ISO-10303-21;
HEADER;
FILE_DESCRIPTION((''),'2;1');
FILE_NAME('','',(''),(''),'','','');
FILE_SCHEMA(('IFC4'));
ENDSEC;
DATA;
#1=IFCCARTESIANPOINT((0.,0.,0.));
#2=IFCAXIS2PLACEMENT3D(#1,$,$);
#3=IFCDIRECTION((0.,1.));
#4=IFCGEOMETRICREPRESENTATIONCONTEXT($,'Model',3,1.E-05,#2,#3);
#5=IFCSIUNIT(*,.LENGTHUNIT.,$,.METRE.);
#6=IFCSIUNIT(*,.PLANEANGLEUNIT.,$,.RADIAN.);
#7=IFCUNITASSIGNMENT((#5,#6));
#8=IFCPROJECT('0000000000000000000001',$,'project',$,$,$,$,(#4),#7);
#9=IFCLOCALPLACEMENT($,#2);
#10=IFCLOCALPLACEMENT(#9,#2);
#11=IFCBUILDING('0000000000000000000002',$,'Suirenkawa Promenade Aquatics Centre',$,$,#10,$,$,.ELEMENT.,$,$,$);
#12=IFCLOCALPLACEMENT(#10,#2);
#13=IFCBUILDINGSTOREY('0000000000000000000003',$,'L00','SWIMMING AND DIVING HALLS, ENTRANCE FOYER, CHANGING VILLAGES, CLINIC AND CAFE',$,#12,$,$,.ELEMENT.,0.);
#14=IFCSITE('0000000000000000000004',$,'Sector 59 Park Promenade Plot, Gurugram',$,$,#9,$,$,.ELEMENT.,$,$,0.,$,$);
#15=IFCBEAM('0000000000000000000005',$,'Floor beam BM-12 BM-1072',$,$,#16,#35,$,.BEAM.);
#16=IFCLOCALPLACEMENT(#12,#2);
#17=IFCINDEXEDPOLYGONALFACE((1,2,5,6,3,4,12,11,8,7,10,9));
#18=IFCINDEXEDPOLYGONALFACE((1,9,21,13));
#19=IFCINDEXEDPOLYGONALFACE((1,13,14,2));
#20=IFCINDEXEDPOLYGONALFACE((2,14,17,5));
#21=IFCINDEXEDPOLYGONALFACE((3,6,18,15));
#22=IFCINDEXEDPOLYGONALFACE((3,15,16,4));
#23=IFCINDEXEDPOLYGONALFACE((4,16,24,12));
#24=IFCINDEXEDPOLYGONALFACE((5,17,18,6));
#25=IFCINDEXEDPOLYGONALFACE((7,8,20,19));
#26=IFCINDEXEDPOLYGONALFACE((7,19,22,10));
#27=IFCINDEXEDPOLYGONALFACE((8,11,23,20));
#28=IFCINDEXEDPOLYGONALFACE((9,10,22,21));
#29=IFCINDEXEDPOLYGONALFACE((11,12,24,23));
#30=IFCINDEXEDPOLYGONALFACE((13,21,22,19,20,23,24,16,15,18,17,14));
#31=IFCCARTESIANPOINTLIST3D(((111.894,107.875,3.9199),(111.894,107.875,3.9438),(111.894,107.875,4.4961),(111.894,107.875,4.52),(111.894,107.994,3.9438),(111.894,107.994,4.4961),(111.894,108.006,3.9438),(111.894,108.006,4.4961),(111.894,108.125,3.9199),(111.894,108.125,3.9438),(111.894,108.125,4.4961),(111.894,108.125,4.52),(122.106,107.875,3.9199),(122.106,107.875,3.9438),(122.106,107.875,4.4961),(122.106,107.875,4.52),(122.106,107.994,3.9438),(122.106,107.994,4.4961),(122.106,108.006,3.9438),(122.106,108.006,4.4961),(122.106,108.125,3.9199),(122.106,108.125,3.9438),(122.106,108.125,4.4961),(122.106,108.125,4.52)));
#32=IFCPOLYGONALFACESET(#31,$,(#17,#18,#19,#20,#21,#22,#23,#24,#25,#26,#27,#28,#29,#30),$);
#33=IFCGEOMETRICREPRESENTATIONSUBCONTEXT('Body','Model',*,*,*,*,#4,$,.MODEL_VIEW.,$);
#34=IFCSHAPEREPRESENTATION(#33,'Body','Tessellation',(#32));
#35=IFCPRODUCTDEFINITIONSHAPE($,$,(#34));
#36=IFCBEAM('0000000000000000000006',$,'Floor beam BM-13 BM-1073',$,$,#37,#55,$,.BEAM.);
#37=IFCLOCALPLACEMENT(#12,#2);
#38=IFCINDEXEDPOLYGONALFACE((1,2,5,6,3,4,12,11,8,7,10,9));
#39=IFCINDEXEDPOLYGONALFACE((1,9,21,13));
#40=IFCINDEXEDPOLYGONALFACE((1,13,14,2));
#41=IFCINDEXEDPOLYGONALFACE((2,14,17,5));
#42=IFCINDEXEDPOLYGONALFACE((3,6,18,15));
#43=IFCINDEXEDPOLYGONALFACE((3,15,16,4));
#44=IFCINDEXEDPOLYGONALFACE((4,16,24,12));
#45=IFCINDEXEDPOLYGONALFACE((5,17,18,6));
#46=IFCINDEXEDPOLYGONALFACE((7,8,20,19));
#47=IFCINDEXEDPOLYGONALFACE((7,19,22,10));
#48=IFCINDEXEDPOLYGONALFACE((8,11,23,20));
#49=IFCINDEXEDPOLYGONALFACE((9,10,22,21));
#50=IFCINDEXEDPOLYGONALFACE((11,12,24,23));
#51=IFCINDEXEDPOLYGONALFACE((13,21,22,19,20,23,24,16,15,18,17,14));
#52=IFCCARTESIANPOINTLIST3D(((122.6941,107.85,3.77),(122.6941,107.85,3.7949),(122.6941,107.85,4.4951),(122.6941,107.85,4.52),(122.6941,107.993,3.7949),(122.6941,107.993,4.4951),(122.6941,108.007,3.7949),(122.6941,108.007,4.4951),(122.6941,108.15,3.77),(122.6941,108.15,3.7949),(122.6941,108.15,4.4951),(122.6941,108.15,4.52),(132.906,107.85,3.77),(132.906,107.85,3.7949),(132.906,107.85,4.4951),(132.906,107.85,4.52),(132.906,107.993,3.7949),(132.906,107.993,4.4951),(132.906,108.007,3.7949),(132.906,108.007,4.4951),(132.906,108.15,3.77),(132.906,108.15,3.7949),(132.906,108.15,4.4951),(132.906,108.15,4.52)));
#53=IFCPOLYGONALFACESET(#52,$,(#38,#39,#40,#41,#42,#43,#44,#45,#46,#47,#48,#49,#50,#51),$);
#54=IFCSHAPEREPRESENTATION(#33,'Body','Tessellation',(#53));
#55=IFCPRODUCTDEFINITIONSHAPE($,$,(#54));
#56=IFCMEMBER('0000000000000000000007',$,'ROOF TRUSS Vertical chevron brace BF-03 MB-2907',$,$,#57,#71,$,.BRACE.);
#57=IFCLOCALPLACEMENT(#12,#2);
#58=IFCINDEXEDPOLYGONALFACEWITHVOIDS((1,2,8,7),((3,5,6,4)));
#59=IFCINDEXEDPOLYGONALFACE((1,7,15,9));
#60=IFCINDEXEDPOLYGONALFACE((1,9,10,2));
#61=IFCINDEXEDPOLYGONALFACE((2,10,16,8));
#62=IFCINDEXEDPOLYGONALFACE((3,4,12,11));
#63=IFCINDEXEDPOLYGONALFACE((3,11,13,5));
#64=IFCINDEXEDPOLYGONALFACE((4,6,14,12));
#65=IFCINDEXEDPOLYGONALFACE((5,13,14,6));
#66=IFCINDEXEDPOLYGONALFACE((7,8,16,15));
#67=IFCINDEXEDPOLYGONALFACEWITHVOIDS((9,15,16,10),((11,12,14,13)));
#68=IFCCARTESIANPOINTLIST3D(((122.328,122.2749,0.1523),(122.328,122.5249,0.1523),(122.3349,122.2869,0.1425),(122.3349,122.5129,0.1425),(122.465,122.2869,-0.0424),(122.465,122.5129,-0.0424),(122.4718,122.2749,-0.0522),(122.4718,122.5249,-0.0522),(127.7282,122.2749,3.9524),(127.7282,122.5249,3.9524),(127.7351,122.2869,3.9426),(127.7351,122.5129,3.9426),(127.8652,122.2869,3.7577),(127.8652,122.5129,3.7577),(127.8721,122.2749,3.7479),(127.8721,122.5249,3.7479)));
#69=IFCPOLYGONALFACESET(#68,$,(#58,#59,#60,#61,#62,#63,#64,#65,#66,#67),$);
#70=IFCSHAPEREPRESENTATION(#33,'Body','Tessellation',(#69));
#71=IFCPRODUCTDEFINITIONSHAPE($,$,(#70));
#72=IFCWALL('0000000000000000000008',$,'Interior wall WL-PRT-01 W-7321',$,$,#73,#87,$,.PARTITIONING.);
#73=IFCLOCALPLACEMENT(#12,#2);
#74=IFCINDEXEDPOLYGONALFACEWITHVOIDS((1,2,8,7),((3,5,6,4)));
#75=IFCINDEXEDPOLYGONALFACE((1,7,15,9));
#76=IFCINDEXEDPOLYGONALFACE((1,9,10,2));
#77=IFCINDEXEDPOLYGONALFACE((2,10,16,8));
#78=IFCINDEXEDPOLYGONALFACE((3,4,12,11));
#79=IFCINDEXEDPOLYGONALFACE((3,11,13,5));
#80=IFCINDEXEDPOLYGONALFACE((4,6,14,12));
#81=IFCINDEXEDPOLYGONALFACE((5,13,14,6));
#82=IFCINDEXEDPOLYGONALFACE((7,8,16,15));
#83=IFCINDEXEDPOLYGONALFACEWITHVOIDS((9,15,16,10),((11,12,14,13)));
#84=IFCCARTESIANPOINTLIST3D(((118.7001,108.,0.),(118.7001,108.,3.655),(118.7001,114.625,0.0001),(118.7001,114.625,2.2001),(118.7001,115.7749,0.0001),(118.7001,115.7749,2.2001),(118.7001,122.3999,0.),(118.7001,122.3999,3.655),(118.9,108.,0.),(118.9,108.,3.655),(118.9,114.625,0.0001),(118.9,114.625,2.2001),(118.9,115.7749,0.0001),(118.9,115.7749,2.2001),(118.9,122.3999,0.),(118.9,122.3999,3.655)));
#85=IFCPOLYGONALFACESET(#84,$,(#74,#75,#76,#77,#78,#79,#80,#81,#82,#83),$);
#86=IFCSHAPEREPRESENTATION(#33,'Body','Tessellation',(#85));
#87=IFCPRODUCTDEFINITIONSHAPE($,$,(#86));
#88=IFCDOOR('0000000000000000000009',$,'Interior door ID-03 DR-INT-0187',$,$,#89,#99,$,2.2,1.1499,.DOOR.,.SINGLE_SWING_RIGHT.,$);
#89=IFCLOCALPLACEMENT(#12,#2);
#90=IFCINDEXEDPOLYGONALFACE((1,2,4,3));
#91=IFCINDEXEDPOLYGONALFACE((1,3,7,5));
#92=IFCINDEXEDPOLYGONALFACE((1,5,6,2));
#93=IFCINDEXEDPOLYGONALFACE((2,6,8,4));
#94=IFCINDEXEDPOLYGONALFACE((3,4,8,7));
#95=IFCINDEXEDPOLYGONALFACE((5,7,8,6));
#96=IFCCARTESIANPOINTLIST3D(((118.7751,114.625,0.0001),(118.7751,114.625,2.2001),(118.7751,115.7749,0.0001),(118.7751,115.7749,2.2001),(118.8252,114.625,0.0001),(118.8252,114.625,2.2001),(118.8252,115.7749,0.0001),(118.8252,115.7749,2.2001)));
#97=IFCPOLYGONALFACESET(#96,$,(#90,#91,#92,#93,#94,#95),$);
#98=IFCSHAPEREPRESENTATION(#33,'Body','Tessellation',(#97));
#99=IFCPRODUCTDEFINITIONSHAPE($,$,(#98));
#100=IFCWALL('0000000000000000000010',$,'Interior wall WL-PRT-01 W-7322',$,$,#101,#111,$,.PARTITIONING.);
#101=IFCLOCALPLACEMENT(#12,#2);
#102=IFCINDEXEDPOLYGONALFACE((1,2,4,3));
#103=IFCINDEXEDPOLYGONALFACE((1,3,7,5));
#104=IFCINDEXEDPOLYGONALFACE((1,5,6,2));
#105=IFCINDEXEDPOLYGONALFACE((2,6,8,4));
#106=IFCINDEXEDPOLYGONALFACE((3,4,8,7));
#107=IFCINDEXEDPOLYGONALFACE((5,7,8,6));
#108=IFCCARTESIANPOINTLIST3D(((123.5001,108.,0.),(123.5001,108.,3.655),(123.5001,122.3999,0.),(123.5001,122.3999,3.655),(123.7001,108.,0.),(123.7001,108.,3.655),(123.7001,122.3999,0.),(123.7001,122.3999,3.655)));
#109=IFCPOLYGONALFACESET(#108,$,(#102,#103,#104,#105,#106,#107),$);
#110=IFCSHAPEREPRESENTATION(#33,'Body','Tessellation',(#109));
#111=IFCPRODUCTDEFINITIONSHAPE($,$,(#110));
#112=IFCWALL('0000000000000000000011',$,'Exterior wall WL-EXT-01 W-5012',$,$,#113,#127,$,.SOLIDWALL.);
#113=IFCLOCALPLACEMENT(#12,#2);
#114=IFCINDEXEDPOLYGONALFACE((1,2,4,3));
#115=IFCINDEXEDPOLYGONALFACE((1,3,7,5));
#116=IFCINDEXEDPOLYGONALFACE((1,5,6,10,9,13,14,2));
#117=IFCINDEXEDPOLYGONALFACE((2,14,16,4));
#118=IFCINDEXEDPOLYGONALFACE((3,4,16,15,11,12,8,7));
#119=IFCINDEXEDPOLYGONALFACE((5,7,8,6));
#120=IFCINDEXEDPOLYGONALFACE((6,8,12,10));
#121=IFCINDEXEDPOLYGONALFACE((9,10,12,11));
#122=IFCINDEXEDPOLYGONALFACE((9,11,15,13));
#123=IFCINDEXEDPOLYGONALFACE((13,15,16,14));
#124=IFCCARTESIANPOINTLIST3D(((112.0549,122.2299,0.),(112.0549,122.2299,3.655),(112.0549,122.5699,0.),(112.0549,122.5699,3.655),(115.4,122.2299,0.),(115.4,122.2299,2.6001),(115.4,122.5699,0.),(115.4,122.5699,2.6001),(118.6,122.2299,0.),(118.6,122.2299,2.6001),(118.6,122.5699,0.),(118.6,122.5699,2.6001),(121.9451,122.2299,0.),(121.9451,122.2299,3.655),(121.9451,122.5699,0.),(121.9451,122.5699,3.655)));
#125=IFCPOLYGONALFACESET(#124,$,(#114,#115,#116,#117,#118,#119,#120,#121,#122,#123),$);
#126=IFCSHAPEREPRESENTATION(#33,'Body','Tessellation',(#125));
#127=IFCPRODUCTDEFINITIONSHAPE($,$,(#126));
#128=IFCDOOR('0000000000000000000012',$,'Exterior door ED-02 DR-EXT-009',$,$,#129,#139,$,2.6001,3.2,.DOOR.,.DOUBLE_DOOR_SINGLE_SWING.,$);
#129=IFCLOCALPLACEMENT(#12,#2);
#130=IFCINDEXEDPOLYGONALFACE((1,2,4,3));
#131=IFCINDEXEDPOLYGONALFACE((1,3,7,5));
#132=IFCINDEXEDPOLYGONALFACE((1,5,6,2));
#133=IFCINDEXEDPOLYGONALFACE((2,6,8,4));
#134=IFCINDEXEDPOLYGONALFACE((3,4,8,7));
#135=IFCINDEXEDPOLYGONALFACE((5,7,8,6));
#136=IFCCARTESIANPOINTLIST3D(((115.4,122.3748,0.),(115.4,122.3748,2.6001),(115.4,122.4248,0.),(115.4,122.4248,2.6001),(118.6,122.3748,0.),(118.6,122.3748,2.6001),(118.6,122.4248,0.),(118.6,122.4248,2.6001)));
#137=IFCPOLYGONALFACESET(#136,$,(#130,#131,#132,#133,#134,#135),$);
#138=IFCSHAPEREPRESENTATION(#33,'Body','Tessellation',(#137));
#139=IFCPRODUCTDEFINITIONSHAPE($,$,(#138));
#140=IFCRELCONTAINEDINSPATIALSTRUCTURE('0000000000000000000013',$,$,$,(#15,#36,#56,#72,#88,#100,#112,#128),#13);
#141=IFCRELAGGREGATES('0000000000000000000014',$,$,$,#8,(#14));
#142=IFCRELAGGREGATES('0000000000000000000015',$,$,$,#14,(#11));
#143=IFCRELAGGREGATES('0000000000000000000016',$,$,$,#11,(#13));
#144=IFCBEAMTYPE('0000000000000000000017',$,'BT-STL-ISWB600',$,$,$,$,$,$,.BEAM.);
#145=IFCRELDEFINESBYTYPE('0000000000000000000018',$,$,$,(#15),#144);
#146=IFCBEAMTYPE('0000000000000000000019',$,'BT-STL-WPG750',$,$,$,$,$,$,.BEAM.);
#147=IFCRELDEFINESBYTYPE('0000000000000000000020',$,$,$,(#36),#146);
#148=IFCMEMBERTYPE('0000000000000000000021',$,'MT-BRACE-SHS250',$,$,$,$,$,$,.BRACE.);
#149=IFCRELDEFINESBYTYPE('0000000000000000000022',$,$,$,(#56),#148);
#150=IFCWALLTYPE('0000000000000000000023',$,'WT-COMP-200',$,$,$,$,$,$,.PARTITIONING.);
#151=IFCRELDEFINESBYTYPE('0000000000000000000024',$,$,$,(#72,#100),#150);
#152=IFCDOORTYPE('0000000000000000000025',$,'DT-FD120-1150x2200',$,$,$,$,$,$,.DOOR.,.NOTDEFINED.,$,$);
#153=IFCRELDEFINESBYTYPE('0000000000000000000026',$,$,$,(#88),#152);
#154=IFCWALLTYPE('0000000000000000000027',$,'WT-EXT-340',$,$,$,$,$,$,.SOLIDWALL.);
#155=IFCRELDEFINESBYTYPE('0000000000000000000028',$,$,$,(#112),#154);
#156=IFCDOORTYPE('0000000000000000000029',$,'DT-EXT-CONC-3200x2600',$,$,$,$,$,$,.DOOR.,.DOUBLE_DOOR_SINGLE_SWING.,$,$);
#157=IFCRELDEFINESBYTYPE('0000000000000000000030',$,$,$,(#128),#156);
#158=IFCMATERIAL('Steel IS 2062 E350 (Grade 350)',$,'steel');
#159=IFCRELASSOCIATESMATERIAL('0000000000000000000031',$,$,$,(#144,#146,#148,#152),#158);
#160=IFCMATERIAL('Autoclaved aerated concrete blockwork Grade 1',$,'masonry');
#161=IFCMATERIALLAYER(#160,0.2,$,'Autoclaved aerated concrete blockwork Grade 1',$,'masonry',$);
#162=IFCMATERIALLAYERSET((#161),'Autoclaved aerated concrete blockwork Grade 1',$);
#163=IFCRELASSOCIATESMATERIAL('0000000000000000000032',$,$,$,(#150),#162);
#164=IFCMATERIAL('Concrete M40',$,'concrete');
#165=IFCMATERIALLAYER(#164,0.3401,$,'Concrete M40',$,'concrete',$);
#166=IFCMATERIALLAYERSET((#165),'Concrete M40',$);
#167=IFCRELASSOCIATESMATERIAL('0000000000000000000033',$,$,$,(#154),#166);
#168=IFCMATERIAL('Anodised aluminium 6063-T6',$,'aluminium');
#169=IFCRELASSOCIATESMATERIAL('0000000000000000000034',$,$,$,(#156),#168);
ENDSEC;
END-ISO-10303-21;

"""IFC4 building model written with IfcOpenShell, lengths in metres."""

from ifc_helpers import new_model, si_unit, direction, frame, frame_2d, origin, origin_2d, place, context, subcontext, project, spatial, rectangle, hollow_rectangle, i_section, extrude, material, layer, layer_set, material_profile, profile_set, type_object, element, fill, save


model = new_model("IFC4")

# Units and contexts
model_context = context("Model", 3, precision=1e-05, world=origin(), true_north=direction((0.0, 1.0)))
body_context = subcontext(model_context, "Body", "Model", "MODEL_VIEW")
ifc_project = project(units=[si_unit("LENGTHUNIT", "METRE"), si_unit("PLANEANGLEUNIT", "RADIAN")], contexts=[model_context])

# Site, building, storey
site_placement = place(None, origin())
site = spatial("IfcSite", under=ifc_project, at=site_placement, Name="Sector 59 Park Promenade Plot, Gurugram", CompositionType="ELEMENT", RefElevation=0.0)
building_placement = place(site_placement, origin())
building = spatial("IfcBuilding", under=site, at=building_placement, Name="Suirenkawa Promenade Aquatics Centre", CompositionType="ELEMENT")
storey_placement = place(building_placement, origin())
storey = spatial("IfcBuildingStorey", under=building, at=storey_placement, Name="L00", Description="SWIMMING AND DIVING HALLS, ENTRANCE FOYER, CHANGING VILLAGES, CLINIC AND CAFE", CompositionType="ELEMENT", Elevation=0.0)

# Shared definitions
ifc_material_1 = material(Name="Concrete M40", Category="concrete")

# Beams
ifc_material_2 = material(Name="Steel IS 2062 E350 (Grade 350)", Category="steel")
ifc_material_profile_1 = material_profile(ifc_material_2, i_section(OverallWidth=0.25, OverallDepth=0.6001, WebThickness=0.012, FlangeThickness=0.0239, at=origin_2d()), Name="ISWB 600", Category="steel")
ifc_profile_set_1 = profile_set([ifc_material_profile_1], Name="Steel IS 2062 E350 (Grade 350)")
beam_type_1 = type_object("IfcBeamType", Name="BT-STL-ISWB600", PredefinedType="BEAM", material=ifc_profile_set_1)
beam_1_placement = place(storey_placement, frame((111.894, 108.0, 4.22), z_axis=(1.0, 0.0, 0.0), x_axis=(0.0, 1.0, 0.0)))
element("IfcBeam", 1, at=beam_1_placement, inside=storey, type_object=beam_type_1, Name="Floor beam BM-12 BM-1072", PredefinedType="BEAM", context=body_context, shape_type="SweptSolid", body=[
    extrude(i_section(OverallWidth=0.25, OverallDepth=0.6001, WebThickness=0.012, FlangeThickness=0.0239, at=origin_2d()), origin(), (0.0, 0.0, 1.0), 10.2119),
])
ifc_material_profile_2 = material_profile(ifc_material_2, i_section(OverallWidth=0.3, OverallDepth=0.75, WebThickness=0.0139, FlangeThickness=0.0249, at=origin_2d()), Name="WPG 750x300", Category="steel")
ifc_profile_set_2 = profile_set([ifc_material_profile_2], Name="Steel IS 2062 E350 (Grade 350)")
beam_type_2 = type_object("IfcBeamType", Name="BT-STL-WPG750", PredefinedType="BEAM", material=ifc_profile_set_2)
beam_2_placement = place(storey_placement, frame((122.6941, 108.0, 4.145), z_axis=(1.0, 0.0, 0.0), x_axis=(0.0, 1.0, 0.0)))
element("IfcBeam", 2, at=beam_2_placement, inside=storey, type_object=beam_type_2, Name="Floor beam BM-13 BM-1073", PredefinedType="BEAM", context=body_context, shape_type="SweptSolid", body=[
    extrude(i_section(OverallWidth=0.3, OverallDepth=0.75, WebThickness=0.0139, FlangeThickness=0.0249, at=origin_2d()), origin(), (0.0, 0.0, 1.0), 10.2119),
])

# Member
ifc_material_profile_3 = material_profile(ifc_material_2, hollow_rectangle(XDim=0.25, YDim=0.25, WallThickness=0.012, at=origin_2d()), Name="SHS 250x250x12", Category="steel")
ifc_profile_set_3 = profile_set([ifc_material_profile_3], Name="Steel IS 2062 E350 (Grade 350)")
member_type = type_object("IfcMemberType", Name="MT-BRACE-SHS250", PredefinedType="BRACE", material=ifc_profile_set_3)
member_placement = place(storey_placement, frame((122.3999, 122.3999, 0.05), z_axis=(0.81781, 0.0, 0.575488), x_axis=(0.0, 1.0, 0.0)))
element("IfcMember", 3, at=member_placement, inside=storey, type_object=member_type, Name="ROOF TRUSS Vertical chevron brace BF-03 MB-2907", PredefinedType="BRACE", context=body_context, shape_type="SweptSolid", body=[
    extrude(hollow_rectangle(XDim=0.25, YDim=0.25, WallThickness=0.012, at=origin_2d()), origin(), (0.0, 0.0, 1.0), 6.6033),
])

# Wall, opening, door
ifc_material_3 = material(Name="Autoclaved aerated concrete blockwork Grade 1", Category="masonry")
ifc_layer_1 = layer(ifc_material_3, 0.2, Name="Autoclaved aerated concrete blockwork Grade 1", Category="masonry")
ifc_layer_set_1 = layer_set([ifc_layer_1], Name="Autoclaved aerated concrete blockwork Grade 1")
wall_type_1 = type_object("IfcWallType", Name="WT-COMP-200", PredefinedType="PARTITIONING", material=ifc_layer_set_1)
wall_1_placement = place(storey_placement, frame((118.8, 108.0, 0.0), z_axis=(0.0, 0.0, 1.0), x_axis=(0.0, 1.0, 0.0)))
wall_1 = element("IfcWall", 4, at=wall_1_placement, inside=storey, type_object=wall_type_1, Name="Interior wall WL-PRT-01 W-7321", PredefinedType="PARTITIONING", context=body_context, shape_type="SweptSolid", body=[
    extrude(rectangle(XDim=14.3999, YDim=0.2, at=frame_2d((7.2, 0.0))), origin(), (0.0, 0.0, 1.0), 3.655),
])
opening_1_placement = place(wall_1_placement, frame((6.625, 0.0, 0.0)))
opening_1 = element("IfcOpeningElement", 5, at=opening_1_placement, cuts=wall_1, PredefinedType="OPENING", context=body_context, shape_type="SweptSolid", body=[
    extrude(rectangle(XDim=1.1499, YDim=2.2, at=frame_2d((0.575, 1.1001))), frame((0.0, 0.1099, 0.0), z_axis=(0.0, -1.0, 0.0), x_axis=(1.0, 0.0, 0.0)), (0.0, 0.0, 1.0), 0.22),
])
door_type_1 = type_object("IfcDoorType", Name="DT-FD120-1150x2200", OperationType="NOTDEFINED", PredefinedType="DOOR", material=ifc_material_2)
door_1_placement = place(opening_1_placement, origin())
door_1 = element("IfcDoor", 6, at=door_1_placement, inside=storey, type_object=door_type_1, Name="Interior door ID-03 DR-INT-0187", OperationType="SINGLE_SWING_RIGHT", OverallHeight=2.2, OverallWidth=1.1499, PredefinedType="DOOR", context=body_context, shape_type="SweptSolid", body=[
    extrude(rectangle(XDim=1.1499, YDim=2.2, at=frame_2d((0.575, 1.1001))), frame((0.0, 0.0249, 0.0), z_axis=(0.0, -1.0, 0.0), x_axis=(1.0, 0.0, 0.0)), (0.0, 0.0, 1.0), 0.05),
])
fill(opening_1, door_1)

# Wall
wall_2_placement = place(storey_placement, frame((123.6001, 108.0, 0.0), z_axis=(0.0, 0.0, 1.0), x_axis=(0.0, 1.0, 0.0)))
element("IfcWall", 7, at=wall_2_placement, inside=storey, type_object=wall_type_1, Name="Interior wall WL-PRT-01 W-7322", PredefinedType="PARTITIONING", context=body_context, shape_type="SweptSolid", body=[
    extrude(rectangle(XDim=14.3999, YDim=0.2, at=frame_2d((7.2, 0.0))), origin(), (0.0, 0.0, 1.0), 3.655),
])

# Wall, opening, door
ifc_layer_2 = layer(ifc_material_1, 0.3401, Name="Concrete M40", Category="concrete")
ifc_layer_set_2 = layer_set([ifc_layer_2], Name="Concrete M40")
wall_type_2 = type_object("IfcWallType", Name="WT-EXT-340", PredefinedType="SOLIDWALL", material=ifc_layer_set_2)
wall_3_placement = place(storey_placement, frame((112.0549, 122.3999, 0.0), z_axis=(0.0, 0.0, 1.0), x_axis=(1.0, 0.0, 0.0)))
wall_3 = element("IfcWall", 8, at=wall_3_placement, inside=storey, type_object=wall_type_2, Name="Exterior wall WL-EXT-01 W-5012", PredefinedType="SOLIDWALL", context=body_context, shape_type="SweptSolid", body=[
    extrude(rectangle(XDim=9.8901, YDim=0.3401, at=frame_2d((4.9451, 0.0))), origin(), (0.0, 0.0, 1.0), 3.655),
])
opening_2_placement = place(wall_3_placement, frame((3.345, 0.0, 0.0)))
opening_2 = element("IfcOpeningElement", 9, at=opening_2_placement, cuts=wall_3, PredefinedType="OPENING", context=body_context, shape_type="SweptSolid", body=[
    extrude(rectangle(XDim=3.2, YDim=2.6001, at=frame_2d((1.6001, 1.3))), frame((0.0, 0.1799, 0.0), z_axis=(0.0, -1.0, 0.0), x_axis=(1.0, 0.0, 0.0)), (0.0, 0.0, 1.0), 0.3601),
])
ifc_material_4 = material(Name="Anodised aluminium 6063-T6", Category="aluminium")
door_type_2 = type_object("IfcDoorType", Name="DT-EXT-CONC-3200x2600", OperationType="DOUBLE_DOOR_SINGLE_SWING", PredefinedType="DOOR", material=ifc_material_4)
door_2_placement = place(opening_2_placement, origin())
door_2 = element("IfcDoor", 10, at=door_2_placement, inside=storey, type_object=door_type_2, Name="Exterior door ED-02 DR-EXT-009", OperationType="DOUBLE_DOOR_SINGLE_SWING", OverallHeight=2.6001, OverallWidth=3.2, PredefinedType="DOOR", context=body_context, shape_type="SweptSolid", body=[
    extrude(rectangle(XDim=3.2, YDim=2.6001, at=frame_2d((1.6001, 1.3))), frame((0.0, 0.0249, 0.0), z_axis=(0.0, -1.0, 0.0), x_axis=(1.0, 0.0, 0.0)), (0.0, 0.0, 1.0), 0.05),
])
fill(opening_2, door_2)

save(model, "model.ifc")
